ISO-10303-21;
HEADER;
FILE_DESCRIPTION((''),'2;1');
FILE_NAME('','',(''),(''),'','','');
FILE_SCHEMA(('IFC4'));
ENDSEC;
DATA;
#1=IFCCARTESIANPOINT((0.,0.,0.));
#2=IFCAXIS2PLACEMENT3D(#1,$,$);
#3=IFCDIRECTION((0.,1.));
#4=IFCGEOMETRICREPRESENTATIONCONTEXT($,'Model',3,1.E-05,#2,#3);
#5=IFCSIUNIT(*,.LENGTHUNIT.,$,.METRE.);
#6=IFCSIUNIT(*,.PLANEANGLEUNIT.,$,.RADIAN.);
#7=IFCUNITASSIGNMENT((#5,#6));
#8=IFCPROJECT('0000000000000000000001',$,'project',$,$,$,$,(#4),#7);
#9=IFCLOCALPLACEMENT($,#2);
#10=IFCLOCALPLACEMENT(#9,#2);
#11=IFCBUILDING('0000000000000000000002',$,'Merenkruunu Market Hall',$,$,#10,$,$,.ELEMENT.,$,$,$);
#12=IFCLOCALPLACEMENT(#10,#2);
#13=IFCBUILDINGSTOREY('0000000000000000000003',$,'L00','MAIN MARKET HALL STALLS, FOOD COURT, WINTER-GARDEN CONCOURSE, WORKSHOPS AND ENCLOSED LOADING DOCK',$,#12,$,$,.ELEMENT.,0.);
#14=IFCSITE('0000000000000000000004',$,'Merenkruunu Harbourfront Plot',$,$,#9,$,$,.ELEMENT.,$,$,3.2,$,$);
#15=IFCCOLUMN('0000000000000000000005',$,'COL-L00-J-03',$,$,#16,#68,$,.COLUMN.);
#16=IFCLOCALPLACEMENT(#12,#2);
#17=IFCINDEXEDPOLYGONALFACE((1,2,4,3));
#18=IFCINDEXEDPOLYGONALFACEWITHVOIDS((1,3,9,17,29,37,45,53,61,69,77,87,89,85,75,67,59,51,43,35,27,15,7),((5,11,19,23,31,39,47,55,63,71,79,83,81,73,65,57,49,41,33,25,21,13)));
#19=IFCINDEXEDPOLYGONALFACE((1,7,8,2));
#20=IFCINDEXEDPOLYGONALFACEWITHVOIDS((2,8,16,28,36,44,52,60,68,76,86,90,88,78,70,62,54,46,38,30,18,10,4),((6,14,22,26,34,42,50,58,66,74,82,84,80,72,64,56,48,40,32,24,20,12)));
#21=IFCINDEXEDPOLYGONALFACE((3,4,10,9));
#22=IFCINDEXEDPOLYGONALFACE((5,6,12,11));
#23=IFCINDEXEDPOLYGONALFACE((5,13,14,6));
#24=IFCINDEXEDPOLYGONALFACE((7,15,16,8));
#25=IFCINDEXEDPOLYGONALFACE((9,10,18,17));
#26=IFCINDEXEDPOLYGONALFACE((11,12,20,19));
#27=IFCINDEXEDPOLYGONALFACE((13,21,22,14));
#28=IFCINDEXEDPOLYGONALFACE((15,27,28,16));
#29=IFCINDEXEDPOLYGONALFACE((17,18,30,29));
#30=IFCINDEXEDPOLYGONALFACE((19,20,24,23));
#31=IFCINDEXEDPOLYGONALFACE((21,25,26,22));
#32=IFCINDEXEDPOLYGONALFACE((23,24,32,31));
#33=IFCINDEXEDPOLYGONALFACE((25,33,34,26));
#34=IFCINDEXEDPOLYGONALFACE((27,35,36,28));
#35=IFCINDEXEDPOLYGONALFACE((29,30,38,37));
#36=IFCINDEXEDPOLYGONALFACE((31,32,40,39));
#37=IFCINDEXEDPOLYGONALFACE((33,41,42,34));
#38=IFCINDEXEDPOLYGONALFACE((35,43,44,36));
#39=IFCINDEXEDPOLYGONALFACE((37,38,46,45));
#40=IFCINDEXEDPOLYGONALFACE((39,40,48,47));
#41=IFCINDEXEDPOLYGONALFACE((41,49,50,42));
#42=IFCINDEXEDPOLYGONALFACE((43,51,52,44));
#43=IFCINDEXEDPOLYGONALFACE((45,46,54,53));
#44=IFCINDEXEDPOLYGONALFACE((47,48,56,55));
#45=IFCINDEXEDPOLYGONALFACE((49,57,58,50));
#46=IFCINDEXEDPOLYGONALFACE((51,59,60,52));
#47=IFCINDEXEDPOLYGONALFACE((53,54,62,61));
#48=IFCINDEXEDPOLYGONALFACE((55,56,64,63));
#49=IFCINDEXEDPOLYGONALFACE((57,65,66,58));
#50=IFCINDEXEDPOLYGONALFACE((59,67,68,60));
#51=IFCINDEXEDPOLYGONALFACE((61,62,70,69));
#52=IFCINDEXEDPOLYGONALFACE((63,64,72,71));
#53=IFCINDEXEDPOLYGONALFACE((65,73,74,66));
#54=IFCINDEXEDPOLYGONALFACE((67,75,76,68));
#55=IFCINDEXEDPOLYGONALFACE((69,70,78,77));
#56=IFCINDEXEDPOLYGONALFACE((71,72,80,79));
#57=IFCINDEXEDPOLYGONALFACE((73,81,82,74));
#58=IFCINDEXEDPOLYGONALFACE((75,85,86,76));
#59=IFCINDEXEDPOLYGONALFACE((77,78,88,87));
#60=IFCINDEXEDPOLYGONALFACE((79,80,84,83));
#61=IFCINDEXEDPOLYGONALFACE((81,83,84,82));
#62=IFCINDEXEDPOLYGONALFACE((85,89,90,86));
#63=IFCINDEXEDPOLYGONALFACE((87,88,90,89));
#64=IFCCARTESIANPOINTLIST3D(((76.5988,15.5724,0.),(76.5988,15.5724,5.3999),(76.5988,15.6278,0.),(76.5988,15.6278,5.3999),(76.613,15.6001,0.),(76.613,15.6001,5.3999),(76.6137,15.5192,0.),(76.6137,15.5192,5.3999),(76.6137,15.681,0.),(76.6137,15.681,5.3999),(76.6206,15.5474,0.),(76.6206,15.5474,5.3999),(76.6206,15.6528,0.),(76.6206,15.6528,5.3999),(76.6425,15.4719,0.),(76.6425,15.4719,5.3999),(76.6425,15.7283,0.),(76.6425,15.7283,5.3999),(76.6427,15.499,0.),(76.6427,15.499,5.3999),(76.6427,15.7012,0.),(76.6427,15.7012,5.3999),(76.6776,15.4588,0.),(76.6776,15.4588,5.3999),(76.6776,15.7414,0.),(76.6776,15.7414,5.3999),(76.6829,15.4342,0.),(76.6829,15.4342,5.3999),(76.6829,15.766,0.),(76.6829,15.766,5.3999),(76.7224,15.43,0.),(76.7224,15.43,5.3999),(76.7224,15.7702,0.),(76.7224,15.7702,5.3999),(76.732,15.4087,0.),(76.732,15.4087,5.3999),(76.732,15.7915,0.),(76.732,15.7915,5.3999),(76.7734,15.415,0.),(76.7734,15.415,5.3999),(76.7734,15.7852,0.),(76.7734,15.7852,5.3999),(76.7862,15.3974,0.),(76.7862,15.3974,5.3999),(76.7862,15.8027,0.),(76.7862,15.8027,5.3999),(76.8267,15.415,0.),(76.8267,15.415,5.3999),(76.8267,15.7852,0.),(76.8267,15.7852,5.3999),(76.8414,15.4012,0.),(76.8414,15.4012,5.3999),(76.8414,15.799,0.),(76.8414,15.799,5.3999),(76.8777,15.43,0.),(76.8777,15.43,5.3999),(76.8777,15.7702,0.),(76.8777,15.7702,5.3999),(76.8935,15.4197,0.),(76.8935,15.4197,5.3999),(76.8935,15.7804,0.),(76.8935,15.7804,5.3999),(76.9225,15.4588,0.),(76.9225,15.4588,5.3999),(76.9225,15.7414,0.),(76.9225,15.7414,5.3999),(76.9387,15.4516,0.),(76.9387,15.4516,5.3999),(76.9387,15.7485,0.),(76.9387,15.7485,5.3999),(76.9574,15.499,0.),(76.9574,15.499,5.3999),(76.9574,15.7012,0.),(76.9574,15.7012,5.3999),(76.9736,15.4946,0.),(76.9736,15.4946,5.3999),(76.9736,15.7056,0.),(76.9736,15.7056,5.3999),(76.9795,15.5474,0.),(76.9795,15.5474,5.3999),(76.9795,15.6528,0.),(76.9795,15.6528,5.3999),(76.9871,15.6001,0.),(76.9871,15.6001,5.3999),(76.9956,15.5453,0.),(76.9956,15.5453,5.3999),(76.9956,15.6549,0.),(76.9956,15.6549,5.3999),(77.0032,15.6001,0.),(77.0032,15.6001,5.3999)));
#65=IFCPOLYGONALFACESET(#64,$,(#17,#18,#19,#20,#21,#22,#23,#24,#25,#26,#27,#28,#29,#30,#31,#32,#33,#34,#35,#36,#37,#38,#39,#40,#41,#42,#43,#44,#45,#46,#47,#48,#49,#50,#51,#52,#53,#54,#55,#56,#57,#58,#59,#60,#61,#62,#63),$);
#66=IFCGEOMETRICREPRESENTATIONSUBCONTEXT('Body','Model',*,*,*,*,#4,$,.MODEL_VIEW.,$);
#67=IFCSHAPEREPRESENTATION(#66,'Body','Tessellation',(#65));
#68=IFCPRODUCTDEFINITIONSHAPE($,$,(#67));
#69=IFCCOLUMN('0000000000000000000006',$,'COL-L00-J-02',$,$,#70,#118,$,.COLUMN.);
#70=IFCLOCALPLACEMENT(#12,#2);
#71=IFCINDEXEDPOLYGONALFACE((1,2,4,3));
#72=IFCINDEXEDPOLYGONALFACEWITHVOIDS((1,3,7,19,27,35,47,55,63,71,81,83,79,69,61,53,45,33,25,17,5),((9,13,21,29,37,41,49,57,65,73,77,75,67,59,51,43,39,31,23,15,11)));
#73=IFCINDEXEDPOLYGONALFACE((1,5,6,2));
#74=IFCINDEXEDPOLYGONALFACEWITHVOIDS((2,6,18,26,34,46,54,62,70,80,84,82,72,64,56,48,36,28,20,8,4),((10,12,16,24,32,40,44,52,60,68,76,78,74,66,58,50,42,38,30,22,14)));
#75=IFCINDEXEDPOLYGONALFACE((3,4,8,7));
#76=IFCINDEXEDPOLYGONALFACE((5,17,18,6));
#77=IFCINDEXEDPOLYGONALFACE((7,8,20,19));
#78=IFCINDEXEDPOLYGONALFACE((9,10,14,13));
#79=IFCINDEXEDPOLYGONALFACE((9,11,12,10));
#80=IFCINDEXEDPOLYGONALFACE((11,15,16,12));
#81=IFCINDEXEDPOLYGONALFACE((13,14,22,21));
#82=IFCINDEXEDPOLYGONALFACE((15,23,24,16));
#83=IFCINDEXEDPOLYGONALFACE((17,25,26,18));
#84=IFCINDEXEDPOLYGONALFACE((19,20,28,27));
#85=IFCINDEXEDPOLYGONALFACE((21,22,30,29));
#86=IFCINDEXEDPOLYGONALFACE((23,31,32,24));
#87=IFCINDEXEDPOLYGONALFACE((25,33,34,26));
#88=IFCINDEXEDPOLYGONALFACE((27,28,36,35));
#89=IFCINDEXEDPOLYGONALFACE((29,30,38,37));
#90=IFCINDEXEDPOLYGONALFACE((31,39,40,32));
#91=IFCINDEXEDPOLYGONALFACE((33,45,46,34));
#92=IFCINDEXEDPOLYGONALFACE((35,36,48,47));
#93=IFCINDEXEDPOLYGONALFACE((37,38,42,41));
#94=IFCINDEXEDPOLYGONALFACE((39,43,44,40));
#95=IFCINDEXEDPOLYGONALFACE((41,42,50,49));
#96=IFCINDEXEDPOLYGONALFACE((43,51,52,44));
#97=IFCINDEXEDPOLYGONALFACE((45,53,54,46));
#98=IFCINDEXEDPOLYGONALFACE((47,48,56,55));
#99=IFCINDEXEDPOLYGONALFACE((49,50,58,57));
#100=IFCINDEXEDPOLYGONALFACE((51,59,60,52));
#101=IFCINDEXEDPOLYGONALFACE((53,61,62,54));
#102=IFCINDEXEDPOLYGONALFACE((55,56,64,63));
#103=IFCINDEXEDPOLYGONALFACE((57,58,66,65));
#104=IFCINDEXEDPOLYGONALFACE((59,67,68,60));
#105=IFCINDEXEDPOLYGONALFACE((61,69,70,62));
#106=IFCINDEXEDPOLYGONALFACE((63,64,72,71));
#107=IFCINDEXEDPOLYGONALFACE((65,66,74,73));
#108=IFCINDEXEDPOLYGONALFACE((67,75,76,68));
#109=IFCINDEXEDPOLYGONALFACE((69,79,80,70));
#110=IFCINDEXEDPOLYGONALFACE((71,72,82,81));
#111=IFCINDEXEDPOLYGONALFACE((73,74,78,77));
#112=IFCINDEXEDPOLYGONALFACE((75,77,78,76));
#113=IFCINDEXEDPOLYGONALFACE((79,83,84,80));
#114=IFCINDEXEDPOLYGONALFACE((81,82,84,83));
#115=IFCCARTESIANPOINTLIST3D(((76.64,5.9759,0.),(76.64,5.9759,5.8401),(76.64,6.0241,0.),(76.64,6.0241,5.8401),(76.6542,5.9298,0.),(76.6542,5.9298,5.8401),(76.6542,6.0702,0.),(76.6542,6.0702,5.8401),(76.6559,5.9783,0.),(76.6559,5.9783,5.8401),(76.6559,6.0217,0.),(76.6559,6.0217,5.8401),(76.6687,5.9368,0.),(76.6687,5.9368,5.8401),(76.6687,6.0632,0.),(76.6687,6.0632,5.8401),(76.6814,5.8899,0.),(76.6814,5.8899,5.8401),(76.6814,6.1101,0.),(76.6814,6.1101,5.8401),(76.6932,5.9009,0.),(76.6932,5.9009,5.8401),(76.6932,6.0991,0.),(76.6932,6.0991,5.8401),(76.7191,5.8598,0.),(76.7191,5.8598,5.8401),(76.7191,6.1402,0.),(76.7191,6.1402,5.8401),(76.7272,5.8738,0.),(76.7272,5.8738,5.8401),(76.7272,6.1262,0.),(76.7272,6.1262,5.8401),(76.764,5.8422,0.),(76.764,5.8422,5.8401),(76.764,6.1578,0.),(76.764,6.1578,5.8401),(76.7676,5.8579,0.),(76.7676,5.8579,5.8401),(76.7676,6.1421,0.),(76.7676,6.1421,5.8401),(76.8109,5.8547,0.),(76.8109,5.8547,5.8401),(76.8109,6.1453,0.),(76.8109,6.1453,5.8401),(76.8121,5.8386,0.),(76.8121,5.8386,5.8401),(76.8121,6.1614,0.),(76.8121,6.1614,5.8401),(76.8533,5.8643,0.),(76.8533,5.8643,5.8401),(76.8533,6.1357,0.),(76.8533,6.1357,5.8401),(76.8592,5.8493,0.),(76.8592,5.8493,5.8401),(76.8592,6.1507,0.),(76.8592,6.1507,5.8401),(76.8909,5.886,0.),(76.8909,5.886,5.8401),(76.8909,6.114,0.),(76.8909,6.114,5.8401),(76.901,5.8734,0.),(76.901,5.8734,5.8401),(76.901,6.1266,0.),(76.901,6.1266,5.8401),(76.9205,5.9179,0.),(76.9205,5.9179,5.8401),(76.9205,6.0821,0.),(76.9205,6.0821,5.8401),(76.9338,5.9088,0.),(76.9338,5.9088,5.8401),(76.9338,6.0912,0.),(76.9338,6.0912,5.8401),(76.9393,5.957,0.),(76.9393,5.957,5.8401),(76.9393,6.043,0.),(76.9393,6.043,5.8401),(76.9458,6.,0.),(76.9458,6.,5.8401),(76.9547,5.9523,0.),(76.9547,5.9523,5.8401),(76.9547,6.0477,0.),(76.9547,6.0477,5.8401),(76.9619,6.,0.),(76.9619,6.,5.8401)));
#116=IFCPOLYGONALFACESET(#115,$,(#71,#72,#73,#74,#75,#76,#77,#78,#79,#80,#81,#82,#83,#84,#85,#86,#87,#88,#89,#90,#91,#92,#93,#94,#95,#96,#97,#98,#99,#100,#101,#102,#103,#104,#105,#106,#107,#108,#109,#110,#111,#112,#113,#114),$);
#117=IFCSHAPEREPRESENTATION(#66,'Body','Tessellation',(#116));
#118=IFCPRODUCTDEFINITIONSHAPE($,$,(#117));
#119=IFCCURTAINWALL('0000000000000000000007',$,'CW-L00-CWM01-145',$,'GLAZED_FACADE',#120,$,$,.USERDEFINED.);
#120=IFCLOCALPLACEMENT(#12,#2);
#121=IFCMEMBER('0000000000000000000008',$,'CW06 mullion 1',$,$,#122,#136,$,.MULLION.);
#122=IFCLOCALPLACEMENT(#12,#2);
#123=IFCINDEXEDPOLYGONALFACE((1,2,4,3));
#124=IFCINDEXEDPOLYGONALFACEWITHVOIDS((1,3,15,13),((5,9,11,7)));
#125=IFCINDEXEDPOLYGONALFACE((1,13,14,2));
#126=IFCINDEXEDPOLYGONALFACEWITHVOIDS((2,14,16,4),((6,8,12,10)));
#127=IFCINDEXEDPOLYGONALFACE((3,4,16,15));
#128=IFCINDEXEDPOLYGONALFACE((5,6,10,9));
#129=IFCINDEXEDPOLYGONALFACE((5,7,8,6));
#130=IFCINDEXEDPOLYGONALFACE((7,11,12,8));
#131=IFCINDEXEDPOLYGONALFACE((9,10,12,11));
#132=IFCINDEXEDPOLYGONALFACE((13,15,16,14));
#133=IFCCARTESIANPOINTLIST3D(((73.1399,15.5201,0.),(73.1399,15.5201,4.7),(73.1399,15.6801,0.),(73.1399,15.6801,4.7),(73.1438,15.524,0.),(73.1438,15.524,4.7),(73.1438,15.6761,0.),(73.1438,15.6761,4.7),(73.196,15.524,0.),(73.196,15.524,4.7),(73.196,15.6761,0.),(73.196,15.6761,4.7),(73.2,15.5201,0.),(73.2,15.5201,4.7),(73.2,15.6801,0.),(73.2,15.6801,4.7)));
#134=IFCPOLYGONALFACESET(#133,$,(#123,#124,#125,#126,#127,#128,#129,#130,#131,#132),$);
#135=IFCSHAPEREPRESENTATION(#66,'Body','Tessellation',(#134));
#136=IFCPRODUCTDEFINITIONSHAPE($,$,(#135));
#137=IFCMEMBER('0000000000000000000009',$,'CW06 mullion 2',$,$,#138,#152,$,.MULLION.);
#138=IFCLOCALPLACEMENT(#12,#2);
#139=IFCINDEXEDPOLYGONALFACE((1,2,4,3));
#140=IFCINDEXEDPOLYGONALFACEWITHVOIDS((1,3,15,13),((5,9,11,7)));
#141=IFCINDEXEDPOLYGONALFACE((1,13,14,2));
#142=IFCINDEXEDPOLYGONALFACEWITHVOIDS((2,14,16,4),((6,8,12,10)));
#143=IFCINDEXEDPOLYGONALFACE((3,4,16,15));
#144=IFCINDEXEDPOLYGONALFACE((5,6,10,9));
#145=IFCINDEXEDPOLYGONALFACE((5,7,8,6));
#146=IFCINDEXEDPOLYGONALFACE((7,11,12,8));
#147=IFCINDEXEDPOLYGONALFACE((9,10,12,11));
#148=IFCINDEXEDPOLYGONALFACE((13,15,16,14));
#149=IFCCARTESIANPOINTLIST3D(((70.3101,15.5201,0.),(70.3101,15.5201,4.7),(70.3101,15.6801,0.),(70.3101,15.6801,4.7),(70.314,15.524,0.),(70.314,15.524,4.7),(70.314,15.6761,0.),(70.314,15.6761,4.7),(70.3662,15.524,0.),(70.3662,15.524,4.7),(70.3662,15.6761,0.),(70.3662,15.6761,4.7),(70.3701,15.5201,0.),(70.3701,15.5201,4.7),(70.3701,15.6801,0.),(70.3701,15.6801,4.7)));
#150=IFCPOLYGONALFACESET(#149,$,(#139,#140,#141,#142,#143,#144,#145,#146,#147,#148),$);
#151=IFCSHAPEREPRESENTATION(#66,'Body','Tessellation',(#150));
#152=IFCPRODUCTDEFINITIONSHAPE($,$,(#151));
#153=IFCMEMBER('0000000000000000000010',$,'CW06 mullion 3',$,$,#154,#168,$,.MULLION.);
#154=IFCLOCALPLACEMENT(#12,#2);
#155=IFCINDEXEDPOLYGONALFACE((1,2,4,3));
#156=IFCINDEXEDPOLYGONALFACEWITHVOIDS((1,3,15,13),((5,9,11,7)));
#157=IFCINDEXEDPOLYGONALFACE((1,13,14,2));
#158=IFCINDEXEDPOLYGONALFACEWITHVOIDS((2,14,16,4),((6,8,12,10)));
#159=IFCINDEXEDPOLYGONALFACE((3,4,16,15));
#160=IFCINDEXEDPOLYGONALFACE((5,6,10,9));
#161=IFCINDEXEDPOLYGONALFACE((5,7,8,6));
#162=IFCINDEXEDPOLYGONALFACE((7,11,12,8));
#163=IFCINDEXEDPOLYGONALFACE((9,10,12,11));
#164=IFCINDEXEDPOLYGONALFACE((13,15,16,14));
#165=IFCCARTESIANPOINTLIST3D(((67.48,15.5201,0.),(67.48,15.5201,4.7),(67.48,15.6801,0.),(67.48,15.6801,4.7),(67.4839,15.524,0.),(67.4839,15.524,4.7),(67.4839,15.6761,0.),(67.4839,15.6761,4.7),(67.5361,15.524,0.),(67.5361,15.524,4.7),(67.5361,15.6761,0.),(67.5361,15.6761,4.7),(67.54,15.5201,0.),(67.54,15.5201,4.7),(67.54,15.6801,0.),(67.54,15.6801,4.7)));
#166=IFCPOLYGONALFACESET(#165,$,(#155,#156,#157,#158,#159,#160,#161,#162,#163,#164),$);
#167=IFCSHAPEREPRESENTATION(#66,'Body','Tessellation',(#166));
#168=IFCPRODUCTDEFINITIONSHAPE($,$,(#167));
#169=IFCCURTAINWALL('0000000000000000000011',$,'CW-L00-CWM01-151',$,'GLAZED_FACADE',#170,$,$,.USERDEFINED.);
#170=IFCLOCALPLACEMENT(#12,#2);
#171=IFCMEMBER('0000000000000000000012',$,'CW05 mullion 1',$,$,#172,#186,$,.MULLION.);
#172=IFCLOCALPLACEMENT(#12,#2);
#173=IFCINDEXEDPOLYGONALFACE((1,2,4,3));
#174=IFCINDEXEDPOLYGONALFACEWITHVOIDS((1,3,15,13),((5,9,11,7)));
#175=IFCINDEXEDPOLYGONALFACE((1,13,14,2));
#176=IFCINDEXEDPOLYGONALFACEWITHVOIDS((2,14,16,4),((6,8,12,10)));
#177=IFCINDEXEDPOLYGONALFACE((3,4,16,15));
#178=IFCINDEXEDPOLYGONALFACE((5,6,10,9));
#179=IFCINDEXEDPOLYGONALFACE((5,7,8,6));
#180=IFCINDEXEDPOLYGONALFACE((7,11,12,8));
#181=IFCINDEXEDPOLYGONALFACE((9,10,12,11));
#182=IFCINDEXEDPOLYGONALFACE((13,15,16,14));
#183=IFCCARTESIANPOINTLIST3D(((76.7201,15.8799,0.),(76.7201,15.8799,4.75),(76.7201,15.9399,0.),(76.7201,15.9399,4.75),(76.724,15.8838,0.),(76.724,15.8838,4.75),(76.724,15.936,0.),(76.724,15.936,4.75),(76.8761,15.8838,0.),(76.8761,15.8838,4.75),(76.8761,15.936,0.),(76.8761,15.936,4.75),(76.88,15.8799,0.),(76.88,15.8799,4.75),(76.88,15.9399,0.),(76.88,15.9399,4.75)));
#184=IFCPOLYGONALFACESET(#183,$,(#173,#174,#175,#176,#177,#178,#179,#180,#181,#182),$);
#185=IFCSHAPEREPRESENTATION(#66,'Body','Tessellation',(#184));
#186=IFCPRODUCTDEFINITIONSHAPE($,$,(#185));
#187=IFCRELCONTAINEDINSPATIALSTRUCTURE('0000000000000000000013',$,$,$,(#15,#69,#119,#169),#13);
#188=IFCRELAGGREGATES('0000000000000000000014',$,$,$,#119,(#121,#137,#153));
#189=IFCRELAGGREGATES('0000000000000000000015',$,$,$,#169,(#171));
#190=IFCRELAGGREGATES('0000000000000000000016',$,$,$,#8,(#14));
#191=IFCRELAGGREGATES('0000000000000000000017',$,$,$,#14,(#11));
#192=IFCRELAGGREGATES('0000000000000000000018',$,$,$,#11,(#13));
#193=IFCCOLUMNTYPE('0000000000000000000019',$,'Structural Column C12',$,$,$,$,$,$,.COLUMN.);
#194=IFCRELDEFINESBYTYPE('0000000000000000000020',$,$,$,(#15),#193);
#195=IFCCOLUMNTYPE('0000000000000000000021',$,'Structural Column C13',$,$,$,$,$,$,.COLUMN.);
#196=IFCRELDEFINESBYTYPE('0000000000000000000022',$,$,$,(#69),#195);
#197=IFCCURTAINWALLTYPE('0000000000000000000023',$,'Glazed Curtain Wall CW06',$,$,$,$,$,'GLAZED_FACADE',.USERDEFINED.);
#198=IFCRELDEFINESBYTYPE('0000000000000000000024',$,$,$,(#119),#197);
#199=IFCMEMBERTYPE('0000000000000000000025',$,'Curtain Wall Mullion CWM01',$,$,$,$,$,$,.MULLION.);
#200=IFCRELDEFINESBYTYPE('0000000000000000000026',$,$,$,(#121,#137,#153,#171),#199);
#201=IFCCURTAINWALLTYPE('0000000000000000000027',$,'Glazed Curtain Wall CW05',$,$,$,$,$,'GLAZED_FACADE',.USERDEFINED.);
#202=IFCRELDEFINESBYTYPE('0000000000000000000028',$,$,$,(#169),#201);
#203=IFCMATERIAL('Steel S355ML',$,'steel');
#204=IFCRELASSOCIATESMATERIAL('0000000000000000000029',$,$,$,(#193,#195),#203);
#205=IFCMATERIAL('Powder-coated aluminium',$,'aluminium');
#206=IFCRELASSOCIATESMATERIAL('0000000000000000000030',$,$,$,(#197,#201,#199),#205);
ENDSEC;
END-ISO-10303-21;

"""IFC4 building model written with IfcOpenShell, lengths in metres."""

from ifc_helpers import new_model, si_unit, direction, frame, origin, origin_2d, place, context, subcontext, project, spatial, hollow_rectangle, hollow_circle, extrude, material, material_profile, profile_set, type_object, element, aggregate, save


model = new_model("IFC4")

# Units and contexts
model_context = context("Model", 3, precision=1e-05, world=origin(), true_north=direction((0.0, 1.0)))
body_context = subcontext(model_context, "Body", "Model", "MODEL_VIEW")
ifc_project = project(units=[si_unit("LENGTHUNIT", "METRE"), si_unit("PLANEANGLEUNIT", "RADIAN")], contexts=[model_context])

# Site, building, storey
site_placement = place(None, origin())
site = spatial("IfcSite", under=ifc_project, at=site_placement, Name="Merenkruunu Harbourfront Plot", CompositionType="ELEMENT", RefElevation=3.2)
building_placement = place(site_placement, origin())
building = spatial("IfcBuilding", under=site, at=building_placement, Name="Merenkruunu Market Hall", CompositionType="ELEMENT")
storey_placement = place(building_placement, origin())
storey = spatial("IfcBuildingStorey", under=building, at=storey_placement, Name="L00", Description="MAIN MARKET HALL STALLS, FOOD COURT, WINTER-GARDEN CONCOURSE, WORKSHOPS AND ENCLOSED LOADING DOCK", CompositionType="ELEMENT", Elevation=0.0)

# Columns
ifc_material_1 = material(Name="Steel S355ML", Category="steel")
ifc_material_profile_1 = material_profile(ifc_material_1, hollow_circle(Radius=0.2031, WallThickness=0.0161, at=origin_2d()), Name="CHS 406.4x16")
ifc_profile_set_1 = profile_set([ifc_material_profile_1], Name="Steel S355ML")
column_type_1 = type_object("IfcColumnType", Name="Structural Column C12", PredefinedType="COLUMN", material=ifc_profile_set_1)
column_1_placement = place(storey_placement, frame((76.8, 15.6001, 0.0), z_axis=(0.0, 0.0, 1.0), x_axis=(1.0, 0.0, 0.0)))
element("IfcColumn", 1, at=column_1_placement, inside=storey, type_object=column_type_1, Name="COL-L00-J-03", PredefinedType="COLUMN", context=body_context, shape_type="SweptSolid", body=[
    extrude(hollow_circle(Radius=0.2031, WallThickness=0.0161, at=origin_2d()), origin(), (0.0, 0.0, 1.0), 5.3999),
])
ifc_material_profile_2 = material_profile(ifc_material_1, hollow_circle(Radius=0.1619, WallThickness=0.0161, at=origin_2d()), Name="CHS 323.9x16")
ifc_profile_set_2 = profile_set([ifc_material_profile_2], Name="Steel S355ML")
column_type_2 = type_object("IfcColumnType", Name="Structural Column C13", PredefinedType="COLUMN", material=ifc_profile_set_2)
column_2_placement = place(storey_placement, frame((76.8, 6.0, 0.0), z_axis=(0.0, 0.0, 1.0), x_axis=(1.0, 0.0, 0.0)))
element("IfcColumn", 2, at=column_2_placement, inside=storey, type_object=column_type_2, Name="COL-L00-J-02", PredefinedType="COLUMN", context=body_context, shape_type="SweptSolid", body=[
    extrude(hollow_circle(Radius=0.1619, WallThickness=0.0161, at=origin_2d()), origin(), (0.0, 0.0, 1.0), 5.8401),
])

# Curtain walls, members
ifc_material_2 = material(Name="Powder-coated aluminium", Category="aluminium")
curtain_wall_type_1 = type_object("IfcCurtainWallType", Name="Glazed Curtain Wall CW06", ElementType="GLAZED_FACADE", PredefinedType="USERDEFINED", material=ifc_material_2)
curtain_wall_1_placement = place(storey_placement, origin())
curtain_wall_1 = element("IfcCurtainWall", 3, at=curtain_wall_1_placement, inside=storey, type_object=curtain_wall_type_1, Name="CW-L00-CWM01-145", ObjectType="GLAZED_FACADE", PredefinedType="USERDEFINED")
ifc_material_profile_3 = material_profile(ifc_material_2, hollow_rectangle(XDim=0.0601, YDim=0.1599, WallThickness=0.0039, at=origin_2d()), Name="ALU 60x160x4")
ifc_profile_set_3 = profile_set([ifc_material_profile_3], Name="Powder-coated aluminium")
member_type_1 = type_object("IfcMemberType", Name="Curtain Wall Mullion CWM01", PredefinedType="MULLION", material=ifc_profile_set_3)
member_1_placement = place(storey_placement, frame((73.1699, 15.6001, 0.0), z_axis=(0.0, 0.0, 1.0), x_axis=(-1.0, 0.0, 0.0)))
member_1 = element("IfcMember", 4, at=member_1_placement, type_object=member_type_1, Name="CW06 mullion 1", PredefinedType="MULLION", context=body_context, shape_type="SweptSolid", body=[
    extrude(hollow_rectangle(XDim=0.0601, YDim=0.1599, WallThickness=0.0039, at=origin_2d()), origin(), (0.0, 0.0, 1.0), 4.7),
])
member_2_placement = place(storey_placement, frame((70.3401, 15.6001, 0.0), z_axis=(0.0, 0.0, 1.0), x_axis=(-1.0, 0.0, 0.0)))
member_2 = element("IfcMember", 5, at=member_2_placement, type_object=member_type_1, Name="CW06 mullion 2", PredefinedType="MULLION", context=body_context, shape_type="SweptSolid", body=[
    extrude(hollow_rectangle(XDim=0.0601, YDim=0.1599, WallThickness=0.0039, at=origin_2d()), origin(), (0.0, 0.0, 1.0), 4.7),
])
member_3_placement = place(storey_placement, frame((67.51, 15.6001, 0.0), z_axis=(0.0, 0.0, 1.0), x_axis=(-1.0, 0.0, 0.0)))
member_3 = element("IfcMember", 6, at=member_3_placement, type_object=member_type_1, Name="CW06 mullion 3", PredefinedType="MULLION", context=body_context, shape_type="SweptSolid", body=[
    extrude(hollow_rectangle(XDim=0.0601, YDim=0.1599, WallThickness=0.0039, at=origin_2d()), origin(), (0.0, 0.0, 1.0), 4.7),
])
curtain_wall_type_2 = type_object("IfcCurtainWallType", Name="Glazed Curtain Wall CW05", ElementType="GLAZED_FACADE", PredefinedType="USERDEFINED", material=ifc_material_2)
curtain_wall_2_placement = place(storey_placement, origin())
curtain_wall_2 = element("IfcCurtainWall", 7, at=curtain_wall_2_placement, inside=storey, type_object=curtain_wall_type_2, Name="CW-L00-CWM01-151", ObjectType="GLAZED_FACADE", PredefinedType="USERDEFINED")
member_4_placement = place(storey_placement, frame((76.8, 15.9099, 0.0), z_axis=(0.0, 0.0, 1.0), x_axis=(0.0, 1.0, 0.0)))
member_4 = element("IfcMember", 8, at=member_4_placement, type_object=member_type_1, Name="CW05 mullion 1", PredefinedType="MULLION", context=body_context, shape_type="SweptSolid", body=[
    extrude(hollow_rectangle(XDim=0.0601, YDim=0.1599, WallThickness=0.0039, at=origin_2d()), origin(), (0.0, 0.0, 1.0), 4.75),
])

aggregate(curtain_wall_1, [member_1, member_2, member_3])
aggregate(curtain_wall_2, [member_4])

save(model, "model.ifc")
